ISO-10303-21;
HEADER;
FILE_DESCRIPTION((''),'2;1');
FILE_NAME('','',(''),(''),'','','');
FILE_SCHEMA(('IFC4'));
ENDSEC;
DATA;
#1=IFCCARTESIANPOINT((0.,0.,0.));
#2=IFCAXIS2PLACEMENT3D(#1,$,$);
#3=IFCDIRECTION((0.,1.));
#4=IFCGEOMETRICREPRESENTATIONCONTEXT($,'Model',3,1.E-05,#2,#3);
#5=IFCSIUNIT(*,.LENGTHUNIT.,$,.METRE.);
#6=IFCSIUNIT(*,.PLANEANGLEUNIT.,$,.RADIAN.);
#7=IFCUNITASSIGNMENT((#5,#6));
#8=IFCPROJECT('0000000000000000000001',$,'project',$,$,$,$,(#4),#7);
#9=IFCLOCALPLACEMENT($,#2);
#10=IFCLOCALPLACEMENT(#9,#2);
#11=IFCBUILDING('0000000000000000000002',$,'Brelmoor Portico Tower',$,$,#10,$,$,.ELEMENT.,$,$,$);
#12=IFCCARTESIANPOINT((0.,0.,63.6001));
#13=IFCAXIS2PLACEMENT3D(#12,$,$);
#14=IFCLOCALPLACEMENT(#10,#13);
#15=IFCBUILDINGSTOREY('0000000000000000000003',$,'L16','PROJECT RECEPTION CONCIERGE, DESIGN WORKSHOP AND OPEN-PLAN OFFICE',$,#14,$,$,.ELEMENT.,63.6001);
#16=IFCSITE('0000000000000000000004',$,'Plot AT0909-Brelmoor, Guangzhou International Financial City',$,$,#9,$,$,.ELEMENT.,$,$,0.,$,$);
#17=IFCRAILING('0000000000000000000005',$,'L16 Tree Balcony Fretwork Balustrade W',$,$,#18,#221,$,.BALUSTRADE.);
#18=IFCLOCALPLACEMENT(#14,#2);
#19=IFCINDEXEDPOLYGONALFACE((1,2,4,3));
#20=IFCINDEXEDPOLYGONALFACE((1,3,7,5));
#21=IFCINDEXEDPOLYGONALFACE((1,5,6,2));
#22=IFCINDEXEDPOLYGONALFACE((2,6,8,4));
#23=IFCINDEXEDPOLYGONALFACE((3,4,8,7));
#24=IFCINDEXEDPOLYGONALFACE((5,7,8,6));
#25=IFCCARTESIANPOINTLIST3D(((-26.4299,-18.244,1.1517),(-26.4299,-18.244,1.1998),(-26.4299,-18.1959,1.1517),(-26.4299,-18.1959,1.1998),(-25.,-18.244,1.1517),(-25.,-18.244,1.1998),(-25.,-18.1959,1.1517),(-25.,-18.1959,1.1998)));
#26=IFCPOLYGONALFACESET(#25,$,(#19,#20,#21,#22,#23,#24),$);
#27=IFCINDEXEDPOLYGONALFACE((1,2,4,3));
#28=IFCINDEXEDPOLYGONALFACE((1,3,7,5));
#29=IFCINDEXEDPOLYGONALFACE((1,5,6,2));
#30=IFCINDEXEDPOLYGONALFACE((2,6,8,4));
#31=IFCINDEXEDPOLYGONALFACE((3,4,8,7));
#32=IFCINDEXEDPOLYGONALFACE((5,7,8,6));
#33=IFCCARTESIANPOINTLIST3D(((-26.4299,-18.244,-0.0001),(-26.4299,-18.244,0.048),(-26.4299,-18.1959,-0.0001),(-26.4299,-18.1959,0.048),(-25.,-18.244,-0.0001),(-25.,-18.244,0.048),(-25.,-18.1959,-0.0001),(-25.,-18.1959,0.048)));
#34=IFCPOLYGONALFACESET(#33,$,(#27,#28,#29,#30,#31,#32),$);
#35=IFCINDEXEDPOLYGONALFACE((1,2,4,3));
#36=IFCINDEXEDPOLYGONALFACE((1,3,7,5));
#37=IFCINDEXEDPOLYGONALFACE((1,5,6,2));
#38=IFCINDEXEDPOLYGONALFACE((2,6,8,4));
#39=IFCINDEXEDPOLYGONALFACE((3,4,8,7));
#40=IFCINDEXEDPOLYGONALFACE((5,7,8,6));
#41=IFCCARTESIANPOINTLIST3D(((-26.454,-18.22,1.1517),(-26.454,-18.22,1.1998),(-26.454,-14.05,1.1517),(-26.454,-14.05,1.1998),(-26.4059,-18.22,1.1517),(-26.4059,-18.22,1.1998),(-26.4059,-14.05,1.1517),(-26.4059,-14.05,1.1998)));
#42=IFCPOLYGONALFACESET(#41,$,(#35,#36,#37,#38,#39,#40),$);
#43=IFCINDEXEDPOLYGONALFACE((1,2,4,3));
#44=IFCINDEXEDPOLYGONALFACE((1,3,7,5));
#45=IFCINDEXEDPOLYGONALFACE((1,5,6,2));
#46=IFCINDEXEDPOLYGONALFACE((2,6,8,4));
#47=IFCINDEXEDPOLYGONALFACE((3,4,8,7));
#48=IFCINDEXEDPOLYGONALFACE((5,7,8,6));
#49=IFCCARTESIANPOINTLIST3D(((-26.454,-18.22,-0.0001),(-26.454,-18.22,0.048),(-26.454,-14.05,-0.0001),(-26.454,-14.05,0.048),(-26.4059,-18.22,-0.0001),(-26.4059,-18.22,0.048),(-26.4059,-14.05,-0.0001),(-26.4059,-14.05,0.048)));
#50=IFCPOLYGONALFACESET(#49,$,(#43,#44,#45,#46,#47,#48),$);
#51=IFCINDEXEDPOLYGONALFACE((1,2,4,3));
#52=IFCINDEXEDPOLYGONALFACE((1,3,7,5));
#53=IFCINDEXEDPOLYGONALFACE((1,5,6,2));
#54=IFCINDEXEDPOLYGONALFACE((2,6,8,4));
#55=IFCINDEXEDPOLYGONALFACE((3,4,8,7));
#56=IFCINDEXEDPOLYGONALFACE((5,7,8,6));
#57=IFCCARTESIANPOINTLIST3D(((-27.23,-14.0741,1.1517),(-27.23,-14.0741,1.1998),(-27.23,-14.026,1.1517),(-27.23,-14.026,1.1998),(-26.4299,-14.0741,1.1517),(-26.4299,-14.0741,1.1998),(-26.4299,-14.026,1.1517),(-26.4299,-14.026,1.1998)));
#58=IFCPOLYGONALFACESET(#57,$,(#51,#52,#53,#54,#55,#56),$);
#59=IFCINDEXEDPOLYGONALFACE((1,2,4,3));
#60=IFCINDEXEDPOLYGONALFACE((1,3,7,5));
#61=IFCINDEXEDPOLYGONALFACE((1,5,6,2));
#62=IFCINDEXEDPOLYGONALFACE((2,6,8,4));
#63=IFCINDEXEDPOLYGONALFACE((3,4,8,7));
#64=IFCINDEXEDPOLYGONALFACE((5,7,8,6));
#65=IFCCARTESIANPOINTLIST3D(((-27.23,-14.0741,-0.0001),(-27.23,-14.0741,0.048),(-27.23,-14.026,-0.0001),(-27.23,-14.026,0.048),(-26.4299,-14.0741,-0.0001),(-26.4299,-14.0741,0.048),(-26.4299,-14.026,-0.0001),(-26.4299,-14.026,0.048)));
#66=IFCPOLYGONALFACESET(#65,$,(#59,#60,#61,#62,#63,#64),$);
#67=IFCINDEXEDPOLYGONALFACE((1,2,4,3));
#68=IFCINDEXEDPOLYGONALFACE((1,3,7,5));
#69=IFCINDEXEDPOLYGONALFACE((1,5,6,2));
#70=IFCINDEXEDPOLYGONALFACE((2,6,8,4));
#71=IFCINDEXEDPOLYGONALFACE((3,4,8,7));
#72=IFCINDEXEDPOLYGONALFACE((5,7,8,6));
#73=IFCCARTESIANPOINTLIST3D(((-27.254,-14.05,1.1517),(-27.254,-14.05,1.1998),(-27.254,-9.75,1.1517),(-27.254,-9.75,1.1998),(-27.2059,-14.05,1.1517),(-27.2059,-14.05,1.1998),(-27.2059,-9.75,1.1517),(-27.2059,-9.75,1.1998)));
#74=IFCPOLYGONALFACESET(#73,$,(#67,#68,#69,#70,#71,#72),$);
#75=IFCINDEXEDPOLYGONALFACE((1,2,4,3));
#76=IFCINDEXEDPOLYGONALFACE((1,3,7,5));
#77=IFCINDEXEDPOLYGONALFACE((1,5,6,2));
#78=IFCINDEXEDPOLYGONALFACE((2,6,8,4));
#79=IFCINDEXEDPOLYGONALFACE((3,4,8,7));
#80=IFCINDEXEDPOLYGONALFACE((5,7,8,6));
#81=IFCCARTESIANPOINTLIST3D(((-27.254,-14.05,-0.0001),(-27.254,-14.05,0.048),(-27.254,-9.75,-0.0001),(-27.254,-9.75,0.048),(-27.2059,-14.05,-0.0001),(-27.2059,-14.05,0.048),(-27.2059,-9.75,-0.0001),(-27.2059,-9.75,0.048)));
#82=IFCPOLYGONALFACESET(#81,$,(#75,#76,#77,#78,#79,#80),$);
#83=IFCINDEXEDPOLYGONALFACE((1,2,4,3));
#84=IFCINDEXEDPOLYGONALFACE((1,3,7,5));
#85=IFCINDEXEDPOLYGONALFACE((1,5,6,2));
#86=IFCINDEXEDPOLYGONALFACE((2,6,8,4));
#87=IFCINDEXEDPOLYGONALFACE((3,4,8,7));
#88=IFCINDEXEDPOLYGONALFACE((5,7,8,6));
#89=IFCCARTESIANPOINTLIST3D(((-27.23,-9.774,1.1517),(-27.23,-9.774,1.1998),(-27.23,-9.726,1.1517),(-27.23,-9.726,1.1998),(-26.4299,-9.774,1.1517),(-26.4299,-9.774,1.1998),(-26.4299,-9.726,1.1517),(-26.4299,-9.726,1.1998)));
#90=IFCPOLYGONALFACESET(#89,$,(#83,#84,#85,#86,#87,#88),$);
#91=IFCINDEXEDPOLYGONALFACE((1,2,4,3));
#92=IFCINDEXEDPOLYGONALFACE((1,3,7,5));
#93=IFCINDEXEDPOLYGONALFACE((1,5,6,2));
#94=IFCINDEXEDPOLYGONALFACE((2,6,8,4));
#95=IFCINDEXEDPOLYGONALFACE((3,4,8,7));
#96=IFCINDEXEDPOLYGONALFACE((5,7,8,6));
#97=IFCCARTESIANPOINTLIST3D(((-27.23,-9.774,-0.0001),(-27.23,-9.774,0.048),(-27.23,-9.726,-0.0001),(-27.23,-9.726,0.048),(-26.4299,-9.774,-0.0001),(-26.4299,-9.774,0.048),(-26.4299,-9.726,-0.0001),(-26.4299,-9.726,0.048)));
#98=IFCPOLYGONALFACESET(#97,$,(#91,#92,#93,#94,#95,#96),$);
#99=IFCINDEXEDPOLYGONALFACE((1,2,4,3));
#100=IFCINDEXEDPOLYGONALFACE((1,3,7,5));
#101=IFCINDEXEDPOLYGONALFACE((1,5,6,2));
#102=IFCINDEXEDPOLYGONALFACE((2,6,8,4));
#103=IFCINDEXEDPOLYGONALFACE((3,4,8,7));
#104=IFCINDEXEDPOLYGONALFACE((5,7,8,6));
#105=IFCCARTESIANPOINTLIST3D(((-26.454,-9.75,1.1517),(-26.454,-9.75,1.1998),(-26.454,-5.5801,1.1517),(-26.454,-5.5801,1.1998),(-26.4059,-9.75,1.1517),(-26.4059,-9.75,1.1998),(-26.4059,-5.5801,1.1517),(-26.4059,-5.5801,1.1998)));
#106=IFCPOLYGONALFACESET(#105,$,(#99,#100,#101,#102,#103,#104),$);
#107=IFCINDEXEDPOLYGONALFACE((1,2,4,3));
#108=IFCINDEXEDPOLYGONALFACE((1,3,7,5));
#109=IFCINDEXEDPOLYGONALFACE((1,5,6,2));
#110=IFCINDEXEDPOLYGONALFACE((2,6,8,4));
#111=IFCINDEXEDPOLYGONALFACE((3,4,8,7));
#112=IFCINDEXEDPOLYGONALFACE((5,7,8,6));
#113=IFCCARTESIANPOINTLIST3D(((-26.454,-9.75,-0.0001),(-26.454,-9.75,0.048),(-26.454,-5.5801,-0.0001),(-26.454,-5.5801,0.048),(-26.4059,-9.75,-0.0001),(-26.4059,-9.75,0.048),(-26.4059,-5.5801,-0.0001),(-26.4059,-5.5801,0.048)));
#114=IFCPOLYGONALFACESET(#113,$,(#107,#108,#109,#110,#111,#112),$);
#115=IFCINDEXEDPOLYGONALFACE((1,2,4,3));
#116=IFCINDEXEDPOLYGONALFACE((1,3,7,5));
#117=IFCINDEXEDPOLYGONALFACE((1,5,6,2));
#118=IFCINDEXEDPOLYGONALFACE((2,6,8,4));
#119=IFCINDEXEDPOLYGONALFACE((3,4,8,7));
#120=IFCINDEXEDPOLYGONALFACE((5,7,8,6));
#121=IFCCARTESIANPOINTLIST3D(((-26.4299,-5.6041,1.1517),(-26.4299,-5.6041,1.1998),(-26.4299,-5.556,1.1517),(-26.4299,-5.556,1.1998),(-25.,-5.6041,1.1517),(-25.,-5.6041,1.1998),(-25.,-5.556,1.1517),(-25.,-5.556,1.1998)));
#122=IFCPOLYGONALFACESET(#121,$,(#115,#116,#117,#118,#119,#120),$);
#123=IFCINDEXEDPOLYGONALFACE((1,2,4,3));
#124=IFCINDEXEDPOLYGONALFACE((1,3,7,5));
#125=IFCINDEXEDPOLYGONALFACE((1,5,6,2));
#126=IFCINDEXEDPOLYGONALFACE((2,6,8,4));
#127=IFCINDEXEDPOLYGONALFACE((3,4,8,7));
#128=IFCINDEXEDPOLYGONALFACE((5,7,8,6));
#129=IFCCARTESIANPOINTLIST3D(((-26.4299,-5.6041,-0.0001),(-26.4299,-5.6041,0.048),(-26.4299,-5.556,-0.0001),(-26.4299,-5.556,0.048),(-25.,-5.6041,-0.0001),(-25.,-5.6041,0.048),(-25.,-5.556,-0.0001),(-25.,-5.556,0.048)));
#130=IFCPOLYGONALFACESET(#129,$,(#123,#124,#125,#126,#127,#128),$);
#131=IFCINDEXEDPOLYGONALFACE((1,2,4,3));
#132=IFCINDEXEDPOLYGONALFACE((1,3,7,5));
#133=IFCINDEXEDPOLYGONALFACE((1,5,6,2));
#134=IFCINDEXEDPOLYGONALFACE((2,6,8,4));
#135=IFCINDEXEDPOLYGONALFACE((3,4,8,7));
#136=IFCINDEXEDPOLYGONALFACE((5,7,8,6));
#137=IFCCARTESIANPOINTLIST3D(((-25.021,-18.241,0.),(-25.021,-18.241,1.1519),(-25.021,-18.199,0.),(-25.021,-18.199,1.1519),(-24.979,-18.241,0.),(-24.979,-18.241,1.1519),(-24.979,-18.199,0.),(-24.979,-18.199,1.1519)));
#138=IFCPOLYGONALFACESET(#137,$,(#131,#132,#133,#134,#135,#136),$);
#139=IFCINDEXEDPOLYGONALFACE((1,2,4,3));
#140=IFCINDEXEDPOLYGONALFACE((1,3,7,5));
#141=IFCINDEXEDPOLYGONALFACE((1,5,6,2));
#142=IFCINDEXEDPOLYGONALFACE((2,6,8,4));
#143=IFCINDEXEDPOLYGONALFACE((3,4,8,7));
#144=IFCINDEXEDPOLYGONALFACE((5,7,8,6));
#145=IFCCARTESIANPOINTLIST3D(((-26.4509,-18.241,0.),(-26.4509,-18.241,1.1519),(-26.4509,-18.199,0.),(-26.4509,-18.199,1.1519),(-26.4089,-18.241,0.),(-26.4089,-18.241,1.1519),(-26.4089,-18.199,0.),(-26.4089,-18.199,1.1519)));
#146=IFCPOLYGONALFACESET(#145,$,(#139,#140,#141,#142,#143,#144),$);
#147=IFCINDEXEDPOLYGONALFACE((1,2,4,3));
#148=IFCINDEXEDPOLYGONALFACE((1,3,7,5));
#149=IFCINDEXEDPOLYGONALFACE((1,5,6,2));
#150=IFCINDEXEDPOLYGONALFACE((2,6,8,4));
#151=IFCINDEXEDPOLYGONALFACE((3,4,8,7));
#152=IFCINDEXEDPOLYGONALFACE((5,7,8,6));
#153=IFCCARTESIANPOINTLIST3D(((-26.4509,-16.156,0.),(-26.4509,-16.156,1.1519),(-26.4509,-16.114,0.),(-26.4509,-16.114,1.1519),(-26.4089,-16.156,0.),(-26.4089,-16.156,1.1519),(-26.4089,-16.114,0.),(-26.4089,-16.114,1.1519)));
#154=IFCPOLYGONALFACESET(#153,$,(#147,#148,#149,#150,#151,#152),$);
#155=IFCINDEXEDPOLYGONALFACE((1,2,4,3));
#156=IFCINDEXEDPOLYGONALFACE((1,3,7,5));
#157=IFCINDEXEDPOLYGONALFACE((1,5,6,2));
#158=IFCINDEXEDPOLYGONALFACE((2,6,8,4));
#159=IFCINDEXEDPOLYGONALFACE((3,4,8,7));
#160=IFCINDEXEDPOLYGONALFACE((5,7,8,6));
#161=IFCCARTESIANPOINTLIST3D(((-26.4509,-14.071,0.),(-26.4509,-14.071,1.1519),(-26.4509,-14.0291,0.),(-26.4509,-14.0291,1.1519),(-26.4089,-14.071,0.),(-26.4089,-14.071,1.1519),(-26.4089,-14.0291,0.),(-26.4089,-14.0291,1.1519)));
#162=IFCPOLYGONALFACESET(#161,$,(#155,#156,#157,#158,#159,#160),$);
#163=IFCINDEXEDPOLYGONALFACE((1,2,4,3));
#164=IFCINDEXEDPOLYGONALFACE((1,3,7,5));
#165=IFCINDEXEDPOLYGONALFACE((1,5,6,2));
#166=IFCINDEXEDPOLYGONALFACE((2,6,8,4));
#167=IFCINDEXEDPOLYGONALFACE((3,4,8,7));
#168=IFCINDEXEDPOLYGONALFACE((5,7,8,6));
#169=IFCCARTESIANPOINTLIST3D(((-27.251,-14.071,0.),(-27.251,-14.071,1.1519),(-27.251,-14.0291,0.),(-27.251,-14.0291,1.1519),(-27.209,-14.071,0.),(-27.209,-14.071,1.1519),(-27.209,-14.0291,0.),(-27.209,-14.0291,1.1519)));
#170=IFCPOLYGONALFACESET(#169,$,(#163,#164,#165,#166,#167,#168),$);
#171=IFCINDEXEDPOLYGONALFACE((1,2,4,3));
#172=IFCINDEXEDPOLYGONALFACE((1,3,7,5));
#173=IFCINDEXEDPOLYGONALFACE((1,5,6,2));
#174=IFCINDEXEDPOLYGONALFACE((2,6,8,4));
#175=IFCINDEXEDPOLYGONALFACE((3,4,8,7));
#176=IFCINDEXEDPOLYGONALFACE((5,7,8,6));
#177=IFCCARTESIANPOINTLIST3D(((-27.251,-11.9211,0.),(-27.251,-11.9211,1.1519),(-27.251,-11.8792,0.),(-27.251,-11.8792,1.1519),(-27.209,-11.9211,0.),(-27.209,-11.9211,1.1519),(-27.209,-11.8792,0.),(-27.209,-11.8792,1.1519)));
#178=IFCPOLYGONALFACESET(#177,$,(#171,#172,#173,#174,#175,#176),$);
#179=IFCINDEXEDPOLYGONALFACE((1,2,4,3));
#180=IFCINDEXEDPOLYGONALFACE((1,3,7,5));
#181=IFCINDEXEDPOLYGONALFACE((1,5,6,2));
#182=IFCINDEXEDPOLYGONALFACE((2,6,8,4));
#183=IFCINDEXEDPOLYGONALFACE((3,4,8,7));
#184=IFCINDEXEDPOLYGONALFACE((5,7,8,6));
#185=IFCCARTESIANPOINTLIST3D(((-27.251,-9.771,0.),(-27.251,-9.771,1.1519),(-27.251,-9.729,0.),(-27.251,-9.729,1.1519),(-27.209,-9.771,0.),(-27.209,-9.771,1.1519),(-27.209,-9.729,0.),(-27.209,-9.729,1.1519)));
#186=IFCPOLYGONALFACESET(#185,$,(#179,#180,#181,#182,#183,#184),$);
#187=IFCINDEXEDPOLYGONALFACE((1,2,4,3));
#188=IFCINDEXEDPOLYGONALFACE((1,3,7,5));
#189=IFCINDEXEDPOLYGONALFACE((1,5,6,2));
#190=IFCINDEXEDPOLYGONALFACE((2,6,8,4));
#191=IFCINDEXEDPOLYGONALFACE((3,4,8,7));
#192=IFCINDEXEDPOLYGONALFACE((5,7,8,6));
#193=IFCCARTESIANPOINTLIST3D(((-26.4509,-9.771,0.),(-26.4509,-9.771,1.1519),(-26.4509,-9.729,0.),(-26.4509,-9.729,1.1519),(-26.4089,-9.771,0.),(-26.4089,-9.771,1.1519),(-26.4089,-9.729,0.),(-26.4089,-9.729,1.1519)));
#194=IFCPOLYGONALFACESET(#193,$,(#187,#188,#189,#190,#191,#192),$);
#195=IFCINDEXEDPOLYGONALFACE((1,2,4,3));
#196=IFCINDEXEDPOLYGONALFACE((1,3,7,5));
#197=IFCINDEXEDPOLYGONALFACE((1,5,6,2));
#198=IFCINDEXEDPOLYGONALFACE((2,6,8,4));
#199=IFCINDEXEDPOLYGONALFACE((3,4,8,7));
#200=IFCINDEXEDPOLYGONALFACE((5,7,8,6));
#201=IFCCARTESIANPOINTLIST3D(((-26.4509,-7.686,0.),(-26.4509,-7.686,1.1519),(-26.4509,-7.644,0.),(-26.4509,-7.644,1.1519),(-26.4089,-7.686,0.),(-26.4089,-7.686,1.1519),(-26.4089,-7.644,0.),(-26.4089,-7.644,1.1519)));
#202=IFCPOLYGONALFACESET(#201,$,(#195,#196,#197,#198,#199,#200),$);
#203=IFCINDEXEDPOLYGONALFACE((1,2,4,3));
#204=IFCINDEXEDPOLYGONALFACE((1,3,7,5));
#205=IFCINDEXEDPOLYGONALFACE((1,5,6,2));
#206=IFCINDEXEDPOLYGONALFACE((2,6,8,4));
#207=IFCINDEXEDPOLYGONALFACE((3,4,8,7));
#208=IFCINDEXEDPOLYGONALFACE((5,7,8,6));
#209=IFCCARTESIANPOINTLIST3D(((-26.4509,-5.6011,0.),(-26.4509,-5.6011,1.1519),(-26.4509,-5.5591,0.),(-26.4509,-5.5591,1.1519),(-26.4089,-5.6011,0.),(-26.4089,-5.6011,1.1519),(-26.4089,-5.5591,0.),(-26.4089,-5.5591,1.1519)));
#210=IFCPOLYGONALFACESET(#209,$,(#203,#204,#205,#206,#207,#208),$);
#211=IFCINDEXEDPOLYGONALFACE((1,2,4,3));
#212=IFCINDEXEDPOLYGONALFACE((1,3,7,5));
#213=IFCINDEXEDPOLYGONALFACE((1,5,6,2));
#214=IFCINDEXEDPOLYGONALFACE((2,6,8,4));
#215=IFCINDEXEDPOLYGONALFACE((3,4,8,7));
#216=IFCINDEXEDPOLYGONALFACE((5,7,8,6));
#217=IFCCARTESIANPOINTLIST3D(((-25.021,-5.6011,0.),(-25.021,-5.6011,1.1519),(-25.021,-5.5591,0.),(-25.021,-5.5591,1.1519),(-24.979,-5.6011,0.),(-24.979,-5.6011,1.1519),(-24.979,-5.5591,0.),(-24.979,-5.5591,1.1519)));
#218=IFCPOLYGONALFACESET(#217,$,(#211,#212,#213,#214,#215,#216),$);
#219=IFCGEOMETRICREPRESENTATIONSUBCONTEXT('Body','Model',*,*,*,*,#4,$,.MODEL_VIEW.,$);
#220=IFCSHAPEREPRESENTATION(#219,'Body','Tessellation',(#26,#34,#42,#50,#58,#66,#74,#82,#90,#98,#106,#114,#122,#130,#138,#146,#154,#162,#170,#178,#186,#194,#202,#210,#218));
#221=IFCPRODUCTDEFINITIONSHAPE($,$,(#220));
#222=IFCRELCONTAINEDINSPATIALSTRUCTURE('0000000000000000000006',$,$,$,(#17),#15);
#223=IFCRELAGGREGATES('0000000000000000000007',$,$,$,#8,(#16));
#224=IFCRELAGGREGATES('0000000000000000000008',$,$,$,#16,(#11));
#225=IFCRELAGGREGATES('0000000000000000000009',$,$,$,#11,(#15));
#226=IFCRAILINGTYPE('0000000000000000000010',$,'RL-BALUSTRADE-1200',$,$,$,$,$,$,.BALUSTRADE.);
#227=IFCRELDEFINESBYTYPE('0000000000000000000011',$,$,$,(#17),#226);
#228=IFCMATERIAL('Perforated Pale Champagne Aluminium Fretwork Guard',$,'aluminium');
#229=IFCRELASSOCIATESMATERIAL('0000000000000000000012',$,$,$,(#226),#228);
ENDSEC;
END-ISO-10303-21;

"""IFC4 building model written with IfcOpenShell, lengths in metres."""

from ifc_helpers import new_model, si_unit, direction, frame, origin, origin_2d, place, context, subcontext, project, spatial, rectangle, extrude, material, type_object, element, save


model = new_model("IFC4")

# Units and contexts
model_context = context("Model", 3, precision=1e-05, world=origin(), true_north=direction((0.0, 1.0)))
body_context = subcontext(model_context, "Body", "Model", "MODEL_VIEW")
ifc_project = project(units=[si_unit("LENGTHUNIT", "METRE"), si_unit("PLANEANGLEUNIT", "RADIAN")], contexts=[model_context])

# Site, building, storey
site_placement = place(None, origin())
site = spatial("IfcSite", under=ifc_project, at=site_placement, Name="Plot AT0909-Brelmoor, Guangzhou International Financial City", CompositionType="ELEMENT", RefElevation=0.0)
building_placement = place(site_placement, origin())
building = spatial("IfcBuilding", under=site, at=building_placement, Name="Brelmoor Portico Tower", CompositionType="ELEMENT")
storey_placement = place(building_placement, frame((0.0, 0.0, 63.6001)))
storey = spatial("IfcBuildingStorey", under=building, at=storey_placement, Name="L16", Description="PROJECT RECEPTION CONCIERGE, DESIGN WORKSHOP AND OPEN-PLAN OFFICE", CompositionType="ELEMENT", Elevation=63.6001)

# Railing
ifc_material_1 = material(Name="Perforated Pale Champagne Aluminium Fretwork Guard", Category="aluminium")
railing_type = type_object("IfcRailingType", Name="RL-BALUSTRADE-1200", PredefinedType="BALUSTRADE", material=ifc_material_1)
railing_1_placement = place(storey_placement, frame((-25.0, -18.22, 0.0)))
element("IfcRailing", 1, at=railing_1_placement, inside=storey, type_object=railing_type, Name="L16 Tree Balcony Fretwork Balustrade W", PredefinedType="BALUSTRADE", context=body_context, shape_type="SweptSolid", body=[
    extrude(rectangle(XDim=0.0481, YDim=0.0481, at=origin_2d()), frame((0.0, 0.0, 1.1758), z_axis=(-1.0, 0.0, 0.0), x_axis=(0.0, -1.0, 0.0)), (0.0, 0.0, 1.0), 1.4299),
    extrude(rectangle(XDim=0.0481, YDim=0.0481, at=origin_2d()), frame((0.0, 0.0, 0.0239), z_axis=(-1.0, 0.0, 0.0), x_axis=(0.0, -1.0, 0.0)), (0.0, 0.0, 1.0), 1.4299),
    extrude(rectangle(XDim=0.0481, YDim=0.0481, at=origin_2d()), frame((-1.4299, 0.0, 1.1758), z_axis=(0.0, 1.0, 0.0), x_axis=(-1.0, 0.0, 0.0)), (0.0, 0.0, 1.0), 4.1699),
    extrude(rectangle(XDim=0.0481, YDim=0.0481, at=origin_2d()), frame((-1.4299, 0.0, 0.0239), z_axis=(0.0, 1.0, 0.0), x_axis=(-1.0, 0.0, 0.0)), (0.0, 0.0, 1.0), 4.1699),
    extrude(rectangle(XDim=0.0481, YDim=0.0481, at=origin_2d()), frame((-1.4299, 4.1699, 1.1758), z_axis=(-1.0, 0.0, 0.0), x_axis=(0.0, -1.0, 0.0)), (0.0, 0.0, 1.0), 0.8),
    extrude(rectangle(XDim=0.0481, YDim=0.0481, at=origin_2d()), frame((-1.4299, 4.1699, 0.0239), z_axis=(-1.0, 0.0, 0.0), x_axis=(0.0, -1.0, 0.0)), (0.0, 0.0, 1.0), 0.8),
    extrude(rectangle(XDim=0.0481, YDim=0.0481, at=origin_2d()), frame((-2.23, 4.1699, 1.1758), z_axis=(0.0, 1.0, 0.0), x_axis=(-1.0, 0.0, 0.0)), (0.0, 0.0, 1.0), 4.3),
    extrude(rectangle(XDim=0.0481, YDim=0.0481, at=origin_2d()), frame((-2.23, 4.1699, 0.0239), z_axis=(0.0, 1.0, 0.0), x_axis=(-1.0, 0.0, 0.0)), (0.0, 0.0, 1.0), 4.3),
    extrude(rectangle(XDim=0.0481, YDim=0.0481, at=origin_2d()), frame((-2.23, 8.47, 1.1758), z_axis=(1.0, 0.0, 0.0), x_axis=(0.0, 1.0, 0.0)), (0.0, 0.0, 1.0), 0.8),
    extrude(rectangle(XDim=0.0481, YDim=0.0481, at=origin_2d()), frame((-2.23, 8.47, 0.0239), z_axis=(1.0, 0.0, 0.0), x_axis=(0.0, 1.0, 0.0)), (0.0, 0.0, 1.0), 0.8),
    extrude(rectangle(XDim=0.0481, YDim=0.0481, at=origin_2d()), frame((-1.4299, 8.47, 1.1758), z_axis=(0.0, 1.0, 0.0), x_axis=(-1.0, 0.0, 0.0)), (0.0, 0.0, 1.0), 4.1699),
    extrude(rectangle(XDim=0.0481, YDim=0.0481, at=origin_2d()), frame((-1.4299, 8.47, 0.0239), z_axis=(0.0, 1.0, 0.0), x_axis=(-1.0, 0.0, 0.0)), (0.0, 0.0, 1.0), 4.1699),
    extrude(rectangle(XDim=0.0481, YDim=0.0481, at=origin_2d()), frame((-1.4299, 12.6399, 1.1758), z_axis=(1.0, 0.0, 0.0), x_axis=(0.0, 1.0, 0.0)), (0.0, 0.0, 1.0), 1.4299),
    extrude(rectangle(XDim=0.0481, YDim=0.0481, at=origin_2d()), frame((-1.4299, 12.6399, 0.0239), z_axis=(1.0, 0.0, 0.0), x_axis=(0.0, 1.0, 0.0)), (0.0, 0.0, 1.0), 1.4299),
    extrude(rectangle(XDim=0.042, YDim=0.042, at=origin_2d()), origin(), (0.0, 0.0, 1.0), 1.1519),
    extrude(rectangle(XDim=0.042, YDim=0.042, at=origin_2d()), frame((-1.4299, 0.0, 0.0)), (0.0, 0.0, 1.0), 1.1519),
    extrude(rectangle(XDim=0.042, YDim=0.042, at=origin_2d()), frame((-1.4299, 2.085, 0.0)), (0.0, 0.0, 1.0), 1.1519),
    extrude(rectangle(XDim=0.042, YDim=0.042, at=origin_2d()), frame((-1.4299, 4.1699, 0.0)), (0.0, 0.0, 1.0), 1.1519),
    extrude(rectangle(XDim=0.042, YDim=0.042, at=origin_2d()), frame((-2.23, 4.1699, 0.0)), (0.0, 0.0, 1.0), 1.1519),
    extrude(rectangle(XDim=0.042, YDim=0.042, at=origin_2d()), frame((-2.23, 6.3198, 0.0)), (0.0, 0.0, 1.0), 1.1519),
    extrude(rectangle(XDim=0.042, YDim=0.042, at=origin_2d()), frame((-2.23, 8.47, 0.0)), (0.0, 0.0, 1.0), 1.1519),
    extrude(rectangle(XDim=0.042, YDim=0.042, at=origin_2d()), frame((-1.4299, 8.47, 0.0)), (0.0, 0.0, 1.0), 1.1519),
    extrude(rectangle(XDim=0.042, YDim=0.042, at=origin_2d()), frame((-1.4299, 10.5549, 0.0)), (0.0, 0.0, 1.0), 1.1519),
    extrude(rectangle(XDim=0.042, YDim=0.042, at=origin_2d()), frame((-1.4299, 12.6399, 0.0)), (0.0, 0.0, 1.0), 1.1519),
    extrude(rectangle(XDim=0.042, YDim=0.042, at=origin_2d()), frame((0.0, 12.6399, 0.0)), (0.0, 0.0, 1.0), 1.1519),
])

save(model, "model.ifc")
